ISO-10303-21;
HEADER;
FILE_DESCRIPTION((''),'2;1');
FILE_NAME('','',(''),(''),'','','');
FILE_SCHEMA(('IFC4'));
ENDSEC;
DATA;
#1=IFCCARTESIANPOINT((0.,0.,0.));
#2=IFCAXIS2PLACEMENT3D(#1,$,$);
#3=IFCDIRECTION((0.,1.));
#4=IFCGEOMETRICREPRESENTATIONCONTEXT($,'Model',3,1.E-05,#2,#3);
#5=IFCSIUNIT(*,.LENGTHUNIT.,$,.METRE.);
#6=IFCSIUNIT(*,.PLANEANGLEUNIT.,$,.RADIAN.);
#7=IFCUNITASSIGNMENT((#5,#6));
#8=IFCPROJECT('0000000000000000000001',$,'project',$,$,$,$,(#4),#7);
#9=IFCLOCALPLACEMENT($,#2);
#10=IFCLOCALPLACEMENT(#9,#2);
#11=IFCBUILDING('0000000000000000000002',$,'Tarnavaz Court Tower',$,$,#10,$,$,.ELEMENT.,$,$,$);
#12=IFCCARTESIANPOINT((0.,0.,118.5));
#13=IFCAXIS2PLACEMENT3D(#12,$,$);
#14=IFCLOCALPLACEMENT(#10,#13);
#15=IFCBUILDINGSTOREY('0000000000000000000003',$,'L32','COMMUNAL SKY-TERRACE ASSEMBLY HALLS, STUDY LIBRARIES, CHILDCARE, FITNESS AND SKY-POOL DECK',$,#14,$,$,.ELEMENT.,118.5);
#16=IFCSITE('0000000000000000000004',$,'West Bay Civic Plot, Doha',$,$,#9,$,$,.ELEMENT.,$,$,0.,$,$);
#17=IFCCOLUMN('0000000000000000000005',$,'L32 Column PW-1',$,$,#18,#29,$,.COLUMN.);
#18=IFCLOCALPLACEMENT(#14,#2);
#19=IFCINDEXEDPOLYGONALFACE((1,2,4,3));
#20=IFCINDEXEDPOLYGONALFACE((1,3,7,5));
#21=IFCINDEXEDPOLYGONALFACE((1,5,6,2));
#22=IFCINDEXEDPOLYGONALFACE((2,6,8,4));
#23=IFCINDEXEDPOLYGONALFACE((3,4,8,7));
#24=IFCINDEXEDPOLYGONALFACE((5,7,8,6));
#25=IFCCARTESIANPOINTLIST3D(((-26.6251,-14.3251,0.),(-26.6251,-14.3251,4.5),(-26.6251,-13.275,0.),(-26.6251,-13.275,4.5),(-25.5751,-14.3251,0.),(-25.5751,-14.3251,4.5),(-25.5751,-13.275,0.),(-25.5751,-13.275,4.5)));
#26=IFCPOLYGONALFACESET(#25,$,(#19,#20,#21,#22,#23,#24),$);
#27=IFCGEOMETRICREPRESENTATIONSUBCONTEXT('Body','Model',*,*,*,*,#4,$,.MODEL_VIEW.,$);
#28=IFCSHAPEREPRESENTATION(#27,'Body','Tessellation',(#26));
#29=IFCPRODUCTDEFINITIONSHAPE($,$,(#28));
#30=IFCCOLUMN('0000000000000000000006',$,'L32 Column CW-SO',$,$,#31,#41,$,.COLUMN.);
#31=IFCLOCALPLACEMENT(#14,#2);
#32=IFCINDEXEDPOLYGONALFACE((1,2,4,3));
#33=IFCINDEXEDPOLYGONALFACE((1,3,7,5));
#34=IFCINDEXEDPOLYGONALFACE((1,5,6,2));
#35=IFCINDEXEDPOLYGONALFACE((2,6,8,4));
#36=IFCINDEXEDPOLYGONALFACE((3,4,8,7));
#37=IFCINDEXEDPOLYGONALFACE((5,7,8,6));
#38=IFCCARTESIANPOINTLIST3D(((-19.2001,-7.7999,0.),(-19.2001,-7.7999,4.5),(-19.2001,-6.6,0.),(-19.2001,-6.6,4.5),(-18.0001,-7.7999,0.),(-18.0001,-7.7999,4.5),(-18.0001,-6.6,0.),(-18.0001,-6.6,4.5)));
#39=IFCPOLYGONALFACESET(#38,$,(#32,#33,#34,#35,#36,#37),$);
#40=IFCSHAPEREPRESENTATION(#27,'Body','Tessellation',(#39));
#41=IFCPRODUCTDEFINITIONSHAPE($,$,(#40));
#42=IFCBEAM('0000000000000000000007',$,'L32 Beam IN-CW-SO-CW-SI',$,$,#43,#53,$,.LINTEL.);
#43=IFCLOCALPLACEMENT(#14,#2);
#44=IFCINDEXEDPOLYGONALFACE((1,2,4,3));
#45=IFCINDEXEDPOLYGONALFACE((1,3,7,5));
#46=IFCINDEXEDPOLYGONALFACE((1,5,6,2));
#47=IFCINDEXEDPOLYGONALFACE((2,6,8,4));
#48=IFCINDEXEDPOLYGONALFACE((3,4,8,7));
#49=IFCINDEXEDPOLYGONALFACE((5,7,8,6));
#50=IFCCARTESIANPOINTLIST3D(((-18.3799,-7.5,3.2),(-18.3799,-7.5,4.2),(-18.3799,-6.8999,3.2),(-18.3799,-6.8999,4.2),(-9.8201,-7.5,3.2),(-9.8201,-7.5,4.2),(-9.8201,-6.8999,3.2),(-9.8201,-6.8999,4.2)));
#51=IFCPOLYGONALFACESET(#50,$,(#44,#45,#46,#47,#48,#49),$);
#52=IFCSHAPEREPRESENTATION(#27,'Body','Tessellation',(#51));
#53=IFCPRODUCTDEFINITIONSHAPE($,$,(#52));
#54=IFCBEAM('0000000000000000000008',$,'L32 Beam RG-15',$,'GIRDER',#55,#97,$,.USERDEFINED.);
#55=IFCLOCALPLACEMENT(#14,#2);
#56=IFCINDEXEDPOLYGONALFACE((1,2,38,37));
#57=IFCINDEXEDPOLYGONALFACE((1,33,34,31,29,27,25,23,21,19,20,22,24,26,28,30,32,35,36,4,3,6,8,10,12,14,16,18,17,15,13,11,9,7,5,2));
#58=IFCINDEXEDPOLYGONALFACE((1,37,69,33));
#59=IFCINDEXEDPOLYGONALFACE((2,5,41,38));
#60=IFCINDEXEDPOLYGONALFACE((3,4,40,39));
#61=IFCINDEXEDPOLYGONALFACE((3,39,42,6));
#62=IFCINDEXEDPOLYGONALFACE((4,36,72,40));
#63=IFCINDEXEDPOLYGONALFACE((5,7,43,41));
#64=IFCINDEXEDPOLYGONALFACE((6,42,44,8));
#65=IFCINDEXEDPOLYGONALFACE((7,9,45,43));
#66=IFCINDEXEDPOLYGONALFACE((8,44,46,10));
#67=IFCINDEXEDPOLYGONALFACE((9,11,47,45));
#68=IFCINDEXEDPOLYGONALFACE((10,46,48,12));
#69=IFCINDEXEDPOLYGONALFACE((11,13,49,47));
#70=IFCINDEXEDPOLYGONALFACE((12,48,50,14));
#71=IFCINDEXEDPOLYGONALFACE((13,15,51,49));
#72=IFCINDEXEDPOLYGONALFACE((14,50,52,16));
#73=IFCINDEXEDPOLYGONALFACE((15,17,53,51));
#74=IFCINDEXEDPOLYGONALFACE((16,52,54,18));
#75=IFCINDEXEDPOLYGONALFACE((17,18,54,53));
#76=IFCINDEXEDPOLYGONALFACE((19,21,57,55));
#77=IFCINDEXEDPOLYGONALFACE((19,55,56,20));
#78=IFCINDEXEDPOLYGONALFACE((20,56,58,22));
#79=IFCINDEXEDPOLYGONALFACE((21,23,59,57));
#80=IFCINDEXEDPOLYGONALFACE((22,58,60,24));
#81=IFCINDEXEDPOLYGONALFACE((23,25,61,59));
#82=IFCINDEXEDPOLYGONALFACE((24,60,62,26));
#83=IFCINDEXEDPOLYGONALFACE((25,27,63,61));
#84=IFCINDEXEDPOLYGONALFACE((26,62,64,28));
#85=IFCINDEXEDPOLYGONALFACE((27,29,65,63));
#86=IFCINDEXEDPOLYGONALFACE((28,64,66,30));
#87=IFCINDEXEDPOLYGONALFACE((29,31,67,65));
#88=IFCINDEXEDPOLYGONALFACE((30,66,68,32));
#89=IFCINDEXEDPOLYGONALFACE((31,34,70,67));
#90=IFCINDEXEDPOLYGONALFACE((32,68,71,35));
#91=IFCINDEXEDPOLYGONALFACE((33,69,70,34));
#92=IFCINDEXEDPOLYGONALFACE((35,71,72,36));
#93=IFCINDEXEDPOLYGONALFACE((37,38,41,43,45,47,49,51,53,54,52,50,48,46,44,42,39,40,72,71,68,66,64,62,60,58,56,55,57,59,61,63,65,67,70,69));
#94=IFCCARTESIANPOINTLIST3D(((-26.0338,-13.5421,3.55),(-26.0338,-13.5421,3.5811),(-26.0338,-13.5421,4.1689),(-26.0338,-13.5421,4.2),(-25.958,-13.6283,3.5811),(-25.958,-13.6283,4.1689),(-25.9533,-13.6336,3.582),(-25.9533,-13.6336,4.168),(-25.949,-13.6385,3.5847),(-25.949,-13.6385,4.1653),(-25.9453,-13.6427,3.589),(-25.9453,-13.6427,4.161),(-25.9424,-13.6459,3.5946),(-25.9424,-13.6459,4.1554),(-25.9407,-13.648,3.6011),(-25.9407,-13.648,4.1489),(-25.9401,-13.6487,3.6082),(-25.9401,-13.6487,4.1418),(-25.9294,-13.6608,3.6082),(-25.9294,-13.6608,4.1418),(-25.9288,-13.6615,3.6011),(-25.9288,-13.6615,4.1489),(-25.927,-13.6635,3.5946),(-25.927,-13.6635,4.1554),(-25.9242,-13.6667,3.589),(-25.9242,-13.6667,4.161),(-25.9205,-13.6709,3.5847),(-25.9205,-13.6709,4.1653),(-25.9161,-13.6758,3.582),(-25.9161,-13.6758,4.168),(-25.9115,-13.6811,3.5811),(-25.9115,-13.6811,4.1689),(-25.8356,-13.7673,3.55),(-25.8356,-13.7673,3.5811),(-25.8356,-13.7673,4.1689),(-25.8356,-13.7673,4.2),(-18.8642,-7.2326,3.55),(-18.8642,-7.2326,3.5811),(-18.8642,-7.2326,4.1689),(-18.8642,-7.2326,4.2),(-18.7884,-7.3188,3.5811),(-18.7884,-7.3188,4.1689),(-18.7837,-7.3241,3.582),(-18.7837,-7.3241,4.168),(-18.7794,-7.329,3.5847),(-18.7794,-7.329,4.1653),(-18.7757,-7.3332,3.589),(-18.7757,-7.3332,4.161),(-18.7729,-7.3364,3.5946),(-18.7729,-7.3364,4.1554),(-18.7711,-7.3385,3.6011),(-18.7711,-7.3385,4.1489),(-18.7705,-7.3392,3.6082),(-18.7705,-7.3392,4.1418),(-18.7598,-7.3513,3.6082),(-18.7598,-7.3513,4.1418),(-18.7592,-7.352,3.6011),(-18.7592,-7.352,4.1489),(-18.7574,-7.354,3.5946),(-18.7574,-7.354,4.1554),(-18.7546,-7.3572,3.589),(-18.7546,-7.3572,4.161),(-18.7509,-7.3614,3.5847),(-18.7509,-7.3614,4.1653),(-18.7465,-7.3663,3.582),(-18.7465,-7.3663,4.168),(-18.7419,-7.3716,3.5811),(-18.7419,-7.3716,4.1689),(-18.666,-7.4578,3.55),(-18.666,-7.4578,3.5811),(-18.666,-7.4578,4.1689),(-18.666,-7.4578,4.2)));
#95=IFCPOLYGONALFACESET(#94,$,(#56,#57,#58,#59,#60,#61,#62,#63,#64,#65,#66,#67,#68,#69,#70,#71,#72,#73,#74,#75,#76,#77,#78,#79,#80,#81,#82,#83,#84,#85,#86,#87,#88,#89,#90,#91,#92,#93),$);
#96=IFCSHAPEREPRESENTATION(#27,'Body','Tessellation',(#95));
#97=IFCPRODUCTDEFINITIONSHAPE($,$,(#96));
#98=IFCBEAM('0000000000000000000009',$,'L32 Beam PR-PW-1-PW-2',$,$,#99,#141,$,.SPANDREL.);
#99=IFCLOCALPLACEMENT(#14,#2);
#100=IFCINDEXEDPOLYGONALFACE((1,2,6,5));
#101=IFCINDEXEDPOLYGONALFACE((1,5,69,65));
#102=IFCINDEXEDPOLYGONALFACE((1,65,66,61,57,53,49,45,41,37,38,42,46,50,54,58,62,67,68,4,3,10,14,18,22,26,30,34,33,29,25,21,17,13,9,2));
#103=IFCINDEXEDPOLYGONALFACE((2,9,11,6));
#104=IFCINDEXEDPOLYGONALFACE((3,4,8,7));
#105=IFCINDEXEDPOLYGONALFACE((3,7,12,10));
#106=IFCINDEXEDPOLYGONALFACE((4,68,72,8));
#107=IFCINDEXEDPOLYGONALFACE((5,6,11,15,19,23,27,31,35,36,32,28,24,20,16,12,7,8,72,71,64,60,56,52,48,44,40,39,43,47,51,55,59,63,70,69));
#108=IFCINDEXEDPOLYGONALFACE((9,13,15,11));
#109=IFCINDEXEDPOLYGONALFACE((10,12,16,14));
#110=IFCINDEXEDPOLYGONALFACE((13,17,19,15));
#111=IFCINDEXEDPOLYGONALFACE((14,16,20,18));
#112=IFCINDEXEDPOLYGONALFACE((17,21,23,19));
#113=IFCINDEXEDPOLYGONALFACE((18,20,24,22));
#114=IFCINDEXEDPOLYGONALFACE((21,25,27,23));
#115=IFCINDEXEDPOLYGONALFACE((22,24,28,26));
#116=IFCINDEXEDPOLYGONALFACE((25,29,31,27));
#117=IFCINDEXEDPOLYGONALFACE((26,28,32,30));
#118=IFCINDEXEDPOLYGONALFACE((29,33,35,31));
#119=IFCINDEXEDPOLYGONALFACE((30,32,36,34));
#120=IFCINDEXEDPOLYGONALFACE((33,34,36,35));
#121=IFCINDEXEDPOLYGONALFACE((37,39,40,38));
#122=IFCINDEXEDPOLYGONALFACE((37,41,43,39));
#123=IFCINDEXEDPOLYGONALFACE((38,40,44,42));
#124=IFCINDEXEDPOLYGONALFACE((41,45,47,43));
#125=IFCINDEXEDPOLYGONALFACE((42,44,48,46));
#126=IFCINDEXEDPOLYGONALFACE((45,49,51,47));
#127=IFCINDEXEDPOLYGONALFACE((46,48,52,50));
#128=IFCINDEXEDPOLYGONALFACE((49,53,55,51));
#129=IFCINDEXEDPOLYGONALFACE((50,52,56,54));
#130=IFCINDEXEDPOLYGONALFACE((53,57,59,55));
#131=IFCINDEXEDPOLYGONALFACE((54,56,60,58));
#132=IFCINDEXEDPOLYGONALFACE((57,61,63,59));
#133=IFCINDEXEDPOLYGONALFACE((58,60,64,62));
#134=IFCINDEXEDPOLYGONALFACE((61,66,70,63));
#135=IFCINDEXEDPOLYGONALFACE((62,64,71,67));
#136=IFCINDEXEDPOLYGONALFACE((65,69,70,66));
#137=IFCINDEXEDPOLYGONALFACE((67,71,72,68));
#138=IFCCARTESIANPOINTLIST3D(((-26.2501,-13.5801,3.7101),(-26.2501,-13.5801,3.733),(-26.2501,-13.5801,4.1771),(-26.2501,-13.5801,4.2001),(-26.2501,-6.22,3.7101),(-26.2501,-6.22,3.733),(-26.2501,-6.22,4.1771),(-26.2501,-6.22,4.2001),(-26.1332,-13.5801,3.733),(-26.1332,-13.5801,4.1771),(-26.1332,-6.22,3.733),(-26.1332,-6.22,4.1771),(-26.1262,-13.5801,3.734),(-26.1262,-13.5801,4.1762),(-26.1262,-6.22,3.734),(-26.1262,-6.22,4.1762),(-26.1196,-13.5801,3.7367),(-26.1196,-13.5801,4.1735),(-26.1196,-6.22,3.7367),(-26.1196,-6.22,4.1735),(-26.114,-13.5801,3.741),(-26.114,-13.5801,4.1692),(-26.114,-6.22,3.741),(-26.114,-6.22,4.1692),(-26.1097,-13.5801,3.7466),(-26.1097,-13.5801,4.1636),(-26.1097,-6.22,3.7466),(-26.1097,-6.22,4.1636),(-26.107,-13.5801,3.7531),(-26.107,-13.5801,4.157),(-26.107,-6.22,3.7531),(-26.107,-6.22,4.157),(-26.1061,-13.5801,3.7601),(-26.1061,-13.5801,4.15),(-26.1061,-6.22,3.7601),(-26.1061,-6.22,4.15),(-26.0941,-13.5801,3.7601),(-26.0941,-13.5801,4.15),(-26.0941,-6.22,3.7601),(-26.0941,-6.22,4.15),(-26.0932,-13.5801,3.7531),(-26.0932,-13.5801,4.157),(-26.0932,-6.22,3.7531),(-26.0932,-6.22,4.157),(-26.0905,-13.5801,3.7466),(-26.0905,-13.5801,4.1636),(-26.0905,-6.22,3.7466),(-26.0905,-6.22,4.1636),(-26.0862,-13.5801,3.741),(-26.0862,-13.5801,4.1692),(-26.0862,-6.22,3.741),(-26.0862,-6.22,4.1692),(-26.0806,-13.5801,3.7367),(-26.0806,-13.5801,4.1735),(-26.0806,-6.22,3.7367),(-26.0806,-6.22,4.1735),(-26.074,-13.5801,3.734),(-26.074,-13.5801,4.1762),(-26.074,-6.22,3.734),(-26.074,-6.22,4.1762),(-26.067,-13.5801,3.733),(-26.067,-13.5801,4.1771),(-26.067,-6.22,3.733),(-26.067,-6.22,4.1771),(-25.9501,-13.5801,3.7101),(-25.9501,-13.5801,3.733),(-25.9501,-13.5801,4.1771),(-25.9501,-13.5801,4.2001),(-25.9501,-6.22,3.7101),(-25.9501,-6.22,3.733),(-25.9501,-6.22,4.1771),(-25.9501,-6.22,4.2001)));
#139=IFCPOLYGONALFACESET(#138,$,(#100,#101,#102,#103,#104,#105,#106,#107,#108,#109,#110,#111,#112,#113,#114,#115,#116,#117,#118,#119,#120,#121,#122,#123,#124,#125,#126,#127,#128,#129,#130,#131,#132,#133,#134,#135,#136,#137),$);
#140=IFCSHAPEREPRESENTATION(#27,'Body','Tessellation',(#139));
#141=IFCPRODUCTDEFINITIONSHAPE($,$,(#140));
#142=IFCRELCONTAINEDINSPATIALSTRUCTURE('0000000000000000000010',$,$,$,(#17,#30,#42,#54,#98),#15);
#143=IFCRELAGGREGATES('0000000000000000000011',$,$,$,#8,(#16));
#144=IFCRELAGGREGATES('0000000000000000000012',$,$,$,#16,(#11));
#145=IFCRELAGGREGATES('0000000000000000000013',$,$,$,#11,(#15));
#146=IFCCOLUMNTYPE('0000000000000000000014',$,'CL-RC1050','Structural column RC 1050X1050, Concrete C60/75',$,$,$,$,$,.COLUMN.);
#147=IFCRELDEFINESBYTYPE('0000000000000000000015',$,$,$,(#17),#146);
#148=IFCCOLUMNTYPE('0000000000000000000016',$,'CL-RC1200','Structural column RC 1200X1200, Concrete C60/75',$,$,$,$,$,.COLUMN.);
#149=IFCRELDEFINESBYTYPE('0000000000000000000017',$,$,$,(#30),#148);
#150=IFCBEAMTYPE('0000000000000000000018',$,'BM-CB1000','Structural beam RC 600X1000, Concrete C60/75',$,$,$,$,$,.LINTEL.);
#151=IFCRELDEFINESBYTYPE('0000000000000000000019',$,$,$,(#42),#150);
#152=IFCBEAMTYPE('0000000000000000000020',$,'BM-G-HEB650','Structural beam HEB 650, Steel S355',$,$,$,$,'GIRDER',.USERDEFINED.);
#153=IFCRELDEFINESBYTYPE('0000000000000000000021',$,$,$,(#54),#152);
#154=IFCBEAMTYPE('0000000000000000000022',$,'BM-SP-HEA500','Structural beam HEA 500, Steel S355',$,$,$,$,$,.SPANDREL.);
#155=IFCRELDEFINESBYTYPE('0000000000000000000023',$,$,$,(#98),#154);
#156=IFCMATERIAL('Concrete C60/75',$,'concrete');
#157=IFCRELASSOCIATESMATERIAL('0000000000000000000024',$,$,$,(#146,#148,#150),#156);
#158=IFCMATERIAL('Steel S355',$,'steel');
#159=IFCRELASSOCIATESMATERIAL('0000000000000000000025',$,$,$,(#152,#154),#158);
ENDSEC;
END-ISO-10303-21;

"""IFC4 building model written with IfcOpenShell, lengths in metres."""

from ifc_helpers import new_model, si_unit, direction, frame, origin, origin_2d, place, context, subcontext, project, spatial, rectangle, i_section, extrude, material, material_profile, profile_set, type_object, element, save


model = new_model("IFC4")

# Units and contexts
model_context = context("Model", 3, precision=1e-05, world=origin(), true_north=direction((0.0, 1.0)))
body_context = subcontext(model_context, "Body", "Model", "MODEL_VIEW")
ifc_project = project(units=[si_unit("LENGTHUNIT", "METRE"), si_unit("PLANEANGLEUNIT", "RADIAN")], contexts=[model_context])

# Site, building, storey
site_placement = place(None, origin())
site = spatial("IfcSite", under=ifc_project, at=site_placement, Name="West Bay Civic Plot, Doha", CompositionType="ELEMENT", RefElevation=0.0)
building_placement = place(site_placement, origin())
building = spatial("IfcBuilding", under=site, at=building_placement, Name="Tarnavaz Court Tower", CompositionType="ELEMENT")
storey_placement = place(building_placement, frame((0.0, 0.0, 118.5)))
storey = spatial("IfcBuildingStorey", under=building, at=storey_placement, Name="L32", Description="COMMUNAL SKY-TERRACE ASSEMBLY HALLS, STUDY LIBRARIES, CHILDCARE, FITNESS AND SKY-POOL DECK", CompositionType="ELEMENT", Elevation=118.5)

# Columns
ifc_material_1 = material(Name="Concrete C60/75", Category="concrete")
ifc_material_profile_1 = material_profile(ifc_material_1, rectangle(XDim=1.05, YDim=1.05, at=origin_2d()), Name="RC 1050X1050")
ifc_profile_set_1 = profile_set([ifc_material_profile_1], Name="Concrete C60/75")
column_type_1 = type_object("IfcColumnType", Name="CL-RC1050", Description="Structural column RC 1050X1050, Concrete C60/75", PredefinedType="COLUMN", material=ifc_profile_set_1)
column_1_placement = place(storey_placement, frame((-26.1001, -13.8, 0.0), z_axis=(0.0, 0.0, 1.0), x_axis=(1.0, 0.0, 0.0)))
element("IfcColumn", 1, at=column_1_placement, inside=storey, type_object=column_type_1, Name="L32 Column PW-1", PredefinedType="COLUMN", context=body_context, shape_type="SweptSolid", body=[
    extrude(rectangle(XDim=1.05, YDim=1.05, at=origin_2d()), origin(), (0.0, 0.0, 1.0), 4.5),
])
ifc_material_profile_2 = material_profile(ifc_material_1, rectangle(XDim=1.2, YDim=1.2, at=origin_2d()), Name="RC 1200X1200")
ifc_profile_set_2 = profile_set([ifc_material_profile_2], Name="Concrete C60/75")
column_type_2 = type_object("IfcColumnType", Name="CL-RC1200", Description="Structural column RC 1200X1200, Concrete C60/75", PredefinedType="COLUMN", material=ifc_profile_set_2)
column_2_placement = place(storey_placement, frame((-18.6001, -7.2, 0.0), z_axis=(0.0, 0.0, 1.0), x_axis=(1.0, 0.0, 0.0)))
element("IfcColumn", 2, at=column_2_placement, inside=storey, type_object=column_type_2, Name="L32 Column CW-SO", PredefinedType="COLUMN", context=body_context, shape_type="SweptSolid", body=[
    extrude(rectangle(XDim=1.2, YDim=1.2, at=origin_2d()), origin(), (0.0, 0.0, 1.0), 4.5),
])

# Beams
ifc_material_profile_3 = material_profile(ifc_material_1, rectangle(XDim=0.6001, YDim=1.0, at=origin_2d()), Name="RC 600X1000")
ifc_profile_set_3 = profile_set([ifc_material_profile_3], Name="Concrete C60/75")
beam_type_1 = type_object("IfcBeamType", Name="BM-CB1000", Description="Structural beam RC 600X1000, Concrete C60/75", PredefinedType="LINTEL", material=ifc_profile_set_3)
beam_1_placement = place(storey_placement, frame((-18.3799, -7.2, 3.7), z_axis=(1.0, 0.0, 0.0), x_axis=(0.0, 1.0, 0.0)))
element("IfcBeam", 3, at=beam_1_placement, inside=storey, type_object=beam_type_1, Name="L32 Beam IN-CW-SO-CW-SI", PredefinedType="LINTEL", context=body_context, shape_type="SweptSolid", body=[
    extrude(rectangle(XDim=0.6001, YDim=1.0, at=origin_2d()), origin(), (0.0, 0.0, 1.0), 8.5598),
])
ifc_material_2 = material(Name="Steel S355", Category="steel")
ifc_material_profile_4 = material_profile(ifc_material_2, i_section(OverallWidth=0.3, OverallDepth=0.6499, WebThickness=0.0161, FlangeThickness=0.031, FilletRadius=0.0271, at=origin_2d()), Name="HEB 650")
ifc_profile_set_4 = profile_set([ifc_material_profile_4], Name="Steel S355")
beam_type_2 = type_object("IfcBeamType", Name="BM-G-HEB650", Description="Structural beam HEB 650, Steel S355", ElementType="GIRDER", PredefinedType="USERDEFINED", material=ifc_profile_set_4)
beam_2_placement = place(storey_placement, frame((-18.7651, -7.3452, 3.875), z_axis=(-0.7507, -0.660643, 0.0), x_axis=(0.660643, -0.7507, 0.0)))
element("IfcBeam", 4, at=beam_2_placement, inside=storey, type_object=beam_type_2, Name="L32 Beam RG-15", ObjectType="GIRDER", PredefinedType="USERDEFINED", context=body_context, shape_type="SweptSolid", body=[
    extrude(i_section(OverallWidth=0.3, OverallDepth=0.6499, WebThickness=0.0161, FlangeThickness=0.031, FilletRadius=0.0271, at=origin_2d()), origin(), (0.0, 0.0, 1.0), 9.5505),
])
ifc_material_profile_5 = material_profile(ifc_material_2, i_section(OverallWidth=0.3, OverallDepth=0.49, WebThickness=0.012, FlangeThickness=0.0229, FilletRadius=0.0271, at=origin_2d()), Name="HEA 500")
ifc_profile_set_5 = profile_set([ifc_material_profile_5], Name="Steel S355")
beam_type_3 = type_object("IfcBeamType", Name="BM-SP-HEA500", Description="Structural beam HEA 500, Steel S355", PredefinedType="SPANDREL", material=ifc_profile_set_5)
beam_3_placement = place(storey_placement, frame((-26.1001, -13.5801, 3.9551), z_axis=(0.0, 1.0, 0.0), x_axis=(-1.0, 0.0, 0.0)))
element("IfcBeam", 5, at=beam_3_placement, inside=storey, type_object=beam_type_3, Name="L32 Beam PR-PW-1-PW-2", PredefinedType="SPANDREL", context=body_context, shape_type="SweptSolid", body=[
    extrude(i_section(OverallWidth=0.3, OverallDepth=0.49, WebThickness=0.012, FlangeThickness=0.0229, FilletRadius=0.0271, at=origin_2d()), origin(), (0.0, 0.0, 1.0), 7.3601),
])

save(model, "model.ifc")
